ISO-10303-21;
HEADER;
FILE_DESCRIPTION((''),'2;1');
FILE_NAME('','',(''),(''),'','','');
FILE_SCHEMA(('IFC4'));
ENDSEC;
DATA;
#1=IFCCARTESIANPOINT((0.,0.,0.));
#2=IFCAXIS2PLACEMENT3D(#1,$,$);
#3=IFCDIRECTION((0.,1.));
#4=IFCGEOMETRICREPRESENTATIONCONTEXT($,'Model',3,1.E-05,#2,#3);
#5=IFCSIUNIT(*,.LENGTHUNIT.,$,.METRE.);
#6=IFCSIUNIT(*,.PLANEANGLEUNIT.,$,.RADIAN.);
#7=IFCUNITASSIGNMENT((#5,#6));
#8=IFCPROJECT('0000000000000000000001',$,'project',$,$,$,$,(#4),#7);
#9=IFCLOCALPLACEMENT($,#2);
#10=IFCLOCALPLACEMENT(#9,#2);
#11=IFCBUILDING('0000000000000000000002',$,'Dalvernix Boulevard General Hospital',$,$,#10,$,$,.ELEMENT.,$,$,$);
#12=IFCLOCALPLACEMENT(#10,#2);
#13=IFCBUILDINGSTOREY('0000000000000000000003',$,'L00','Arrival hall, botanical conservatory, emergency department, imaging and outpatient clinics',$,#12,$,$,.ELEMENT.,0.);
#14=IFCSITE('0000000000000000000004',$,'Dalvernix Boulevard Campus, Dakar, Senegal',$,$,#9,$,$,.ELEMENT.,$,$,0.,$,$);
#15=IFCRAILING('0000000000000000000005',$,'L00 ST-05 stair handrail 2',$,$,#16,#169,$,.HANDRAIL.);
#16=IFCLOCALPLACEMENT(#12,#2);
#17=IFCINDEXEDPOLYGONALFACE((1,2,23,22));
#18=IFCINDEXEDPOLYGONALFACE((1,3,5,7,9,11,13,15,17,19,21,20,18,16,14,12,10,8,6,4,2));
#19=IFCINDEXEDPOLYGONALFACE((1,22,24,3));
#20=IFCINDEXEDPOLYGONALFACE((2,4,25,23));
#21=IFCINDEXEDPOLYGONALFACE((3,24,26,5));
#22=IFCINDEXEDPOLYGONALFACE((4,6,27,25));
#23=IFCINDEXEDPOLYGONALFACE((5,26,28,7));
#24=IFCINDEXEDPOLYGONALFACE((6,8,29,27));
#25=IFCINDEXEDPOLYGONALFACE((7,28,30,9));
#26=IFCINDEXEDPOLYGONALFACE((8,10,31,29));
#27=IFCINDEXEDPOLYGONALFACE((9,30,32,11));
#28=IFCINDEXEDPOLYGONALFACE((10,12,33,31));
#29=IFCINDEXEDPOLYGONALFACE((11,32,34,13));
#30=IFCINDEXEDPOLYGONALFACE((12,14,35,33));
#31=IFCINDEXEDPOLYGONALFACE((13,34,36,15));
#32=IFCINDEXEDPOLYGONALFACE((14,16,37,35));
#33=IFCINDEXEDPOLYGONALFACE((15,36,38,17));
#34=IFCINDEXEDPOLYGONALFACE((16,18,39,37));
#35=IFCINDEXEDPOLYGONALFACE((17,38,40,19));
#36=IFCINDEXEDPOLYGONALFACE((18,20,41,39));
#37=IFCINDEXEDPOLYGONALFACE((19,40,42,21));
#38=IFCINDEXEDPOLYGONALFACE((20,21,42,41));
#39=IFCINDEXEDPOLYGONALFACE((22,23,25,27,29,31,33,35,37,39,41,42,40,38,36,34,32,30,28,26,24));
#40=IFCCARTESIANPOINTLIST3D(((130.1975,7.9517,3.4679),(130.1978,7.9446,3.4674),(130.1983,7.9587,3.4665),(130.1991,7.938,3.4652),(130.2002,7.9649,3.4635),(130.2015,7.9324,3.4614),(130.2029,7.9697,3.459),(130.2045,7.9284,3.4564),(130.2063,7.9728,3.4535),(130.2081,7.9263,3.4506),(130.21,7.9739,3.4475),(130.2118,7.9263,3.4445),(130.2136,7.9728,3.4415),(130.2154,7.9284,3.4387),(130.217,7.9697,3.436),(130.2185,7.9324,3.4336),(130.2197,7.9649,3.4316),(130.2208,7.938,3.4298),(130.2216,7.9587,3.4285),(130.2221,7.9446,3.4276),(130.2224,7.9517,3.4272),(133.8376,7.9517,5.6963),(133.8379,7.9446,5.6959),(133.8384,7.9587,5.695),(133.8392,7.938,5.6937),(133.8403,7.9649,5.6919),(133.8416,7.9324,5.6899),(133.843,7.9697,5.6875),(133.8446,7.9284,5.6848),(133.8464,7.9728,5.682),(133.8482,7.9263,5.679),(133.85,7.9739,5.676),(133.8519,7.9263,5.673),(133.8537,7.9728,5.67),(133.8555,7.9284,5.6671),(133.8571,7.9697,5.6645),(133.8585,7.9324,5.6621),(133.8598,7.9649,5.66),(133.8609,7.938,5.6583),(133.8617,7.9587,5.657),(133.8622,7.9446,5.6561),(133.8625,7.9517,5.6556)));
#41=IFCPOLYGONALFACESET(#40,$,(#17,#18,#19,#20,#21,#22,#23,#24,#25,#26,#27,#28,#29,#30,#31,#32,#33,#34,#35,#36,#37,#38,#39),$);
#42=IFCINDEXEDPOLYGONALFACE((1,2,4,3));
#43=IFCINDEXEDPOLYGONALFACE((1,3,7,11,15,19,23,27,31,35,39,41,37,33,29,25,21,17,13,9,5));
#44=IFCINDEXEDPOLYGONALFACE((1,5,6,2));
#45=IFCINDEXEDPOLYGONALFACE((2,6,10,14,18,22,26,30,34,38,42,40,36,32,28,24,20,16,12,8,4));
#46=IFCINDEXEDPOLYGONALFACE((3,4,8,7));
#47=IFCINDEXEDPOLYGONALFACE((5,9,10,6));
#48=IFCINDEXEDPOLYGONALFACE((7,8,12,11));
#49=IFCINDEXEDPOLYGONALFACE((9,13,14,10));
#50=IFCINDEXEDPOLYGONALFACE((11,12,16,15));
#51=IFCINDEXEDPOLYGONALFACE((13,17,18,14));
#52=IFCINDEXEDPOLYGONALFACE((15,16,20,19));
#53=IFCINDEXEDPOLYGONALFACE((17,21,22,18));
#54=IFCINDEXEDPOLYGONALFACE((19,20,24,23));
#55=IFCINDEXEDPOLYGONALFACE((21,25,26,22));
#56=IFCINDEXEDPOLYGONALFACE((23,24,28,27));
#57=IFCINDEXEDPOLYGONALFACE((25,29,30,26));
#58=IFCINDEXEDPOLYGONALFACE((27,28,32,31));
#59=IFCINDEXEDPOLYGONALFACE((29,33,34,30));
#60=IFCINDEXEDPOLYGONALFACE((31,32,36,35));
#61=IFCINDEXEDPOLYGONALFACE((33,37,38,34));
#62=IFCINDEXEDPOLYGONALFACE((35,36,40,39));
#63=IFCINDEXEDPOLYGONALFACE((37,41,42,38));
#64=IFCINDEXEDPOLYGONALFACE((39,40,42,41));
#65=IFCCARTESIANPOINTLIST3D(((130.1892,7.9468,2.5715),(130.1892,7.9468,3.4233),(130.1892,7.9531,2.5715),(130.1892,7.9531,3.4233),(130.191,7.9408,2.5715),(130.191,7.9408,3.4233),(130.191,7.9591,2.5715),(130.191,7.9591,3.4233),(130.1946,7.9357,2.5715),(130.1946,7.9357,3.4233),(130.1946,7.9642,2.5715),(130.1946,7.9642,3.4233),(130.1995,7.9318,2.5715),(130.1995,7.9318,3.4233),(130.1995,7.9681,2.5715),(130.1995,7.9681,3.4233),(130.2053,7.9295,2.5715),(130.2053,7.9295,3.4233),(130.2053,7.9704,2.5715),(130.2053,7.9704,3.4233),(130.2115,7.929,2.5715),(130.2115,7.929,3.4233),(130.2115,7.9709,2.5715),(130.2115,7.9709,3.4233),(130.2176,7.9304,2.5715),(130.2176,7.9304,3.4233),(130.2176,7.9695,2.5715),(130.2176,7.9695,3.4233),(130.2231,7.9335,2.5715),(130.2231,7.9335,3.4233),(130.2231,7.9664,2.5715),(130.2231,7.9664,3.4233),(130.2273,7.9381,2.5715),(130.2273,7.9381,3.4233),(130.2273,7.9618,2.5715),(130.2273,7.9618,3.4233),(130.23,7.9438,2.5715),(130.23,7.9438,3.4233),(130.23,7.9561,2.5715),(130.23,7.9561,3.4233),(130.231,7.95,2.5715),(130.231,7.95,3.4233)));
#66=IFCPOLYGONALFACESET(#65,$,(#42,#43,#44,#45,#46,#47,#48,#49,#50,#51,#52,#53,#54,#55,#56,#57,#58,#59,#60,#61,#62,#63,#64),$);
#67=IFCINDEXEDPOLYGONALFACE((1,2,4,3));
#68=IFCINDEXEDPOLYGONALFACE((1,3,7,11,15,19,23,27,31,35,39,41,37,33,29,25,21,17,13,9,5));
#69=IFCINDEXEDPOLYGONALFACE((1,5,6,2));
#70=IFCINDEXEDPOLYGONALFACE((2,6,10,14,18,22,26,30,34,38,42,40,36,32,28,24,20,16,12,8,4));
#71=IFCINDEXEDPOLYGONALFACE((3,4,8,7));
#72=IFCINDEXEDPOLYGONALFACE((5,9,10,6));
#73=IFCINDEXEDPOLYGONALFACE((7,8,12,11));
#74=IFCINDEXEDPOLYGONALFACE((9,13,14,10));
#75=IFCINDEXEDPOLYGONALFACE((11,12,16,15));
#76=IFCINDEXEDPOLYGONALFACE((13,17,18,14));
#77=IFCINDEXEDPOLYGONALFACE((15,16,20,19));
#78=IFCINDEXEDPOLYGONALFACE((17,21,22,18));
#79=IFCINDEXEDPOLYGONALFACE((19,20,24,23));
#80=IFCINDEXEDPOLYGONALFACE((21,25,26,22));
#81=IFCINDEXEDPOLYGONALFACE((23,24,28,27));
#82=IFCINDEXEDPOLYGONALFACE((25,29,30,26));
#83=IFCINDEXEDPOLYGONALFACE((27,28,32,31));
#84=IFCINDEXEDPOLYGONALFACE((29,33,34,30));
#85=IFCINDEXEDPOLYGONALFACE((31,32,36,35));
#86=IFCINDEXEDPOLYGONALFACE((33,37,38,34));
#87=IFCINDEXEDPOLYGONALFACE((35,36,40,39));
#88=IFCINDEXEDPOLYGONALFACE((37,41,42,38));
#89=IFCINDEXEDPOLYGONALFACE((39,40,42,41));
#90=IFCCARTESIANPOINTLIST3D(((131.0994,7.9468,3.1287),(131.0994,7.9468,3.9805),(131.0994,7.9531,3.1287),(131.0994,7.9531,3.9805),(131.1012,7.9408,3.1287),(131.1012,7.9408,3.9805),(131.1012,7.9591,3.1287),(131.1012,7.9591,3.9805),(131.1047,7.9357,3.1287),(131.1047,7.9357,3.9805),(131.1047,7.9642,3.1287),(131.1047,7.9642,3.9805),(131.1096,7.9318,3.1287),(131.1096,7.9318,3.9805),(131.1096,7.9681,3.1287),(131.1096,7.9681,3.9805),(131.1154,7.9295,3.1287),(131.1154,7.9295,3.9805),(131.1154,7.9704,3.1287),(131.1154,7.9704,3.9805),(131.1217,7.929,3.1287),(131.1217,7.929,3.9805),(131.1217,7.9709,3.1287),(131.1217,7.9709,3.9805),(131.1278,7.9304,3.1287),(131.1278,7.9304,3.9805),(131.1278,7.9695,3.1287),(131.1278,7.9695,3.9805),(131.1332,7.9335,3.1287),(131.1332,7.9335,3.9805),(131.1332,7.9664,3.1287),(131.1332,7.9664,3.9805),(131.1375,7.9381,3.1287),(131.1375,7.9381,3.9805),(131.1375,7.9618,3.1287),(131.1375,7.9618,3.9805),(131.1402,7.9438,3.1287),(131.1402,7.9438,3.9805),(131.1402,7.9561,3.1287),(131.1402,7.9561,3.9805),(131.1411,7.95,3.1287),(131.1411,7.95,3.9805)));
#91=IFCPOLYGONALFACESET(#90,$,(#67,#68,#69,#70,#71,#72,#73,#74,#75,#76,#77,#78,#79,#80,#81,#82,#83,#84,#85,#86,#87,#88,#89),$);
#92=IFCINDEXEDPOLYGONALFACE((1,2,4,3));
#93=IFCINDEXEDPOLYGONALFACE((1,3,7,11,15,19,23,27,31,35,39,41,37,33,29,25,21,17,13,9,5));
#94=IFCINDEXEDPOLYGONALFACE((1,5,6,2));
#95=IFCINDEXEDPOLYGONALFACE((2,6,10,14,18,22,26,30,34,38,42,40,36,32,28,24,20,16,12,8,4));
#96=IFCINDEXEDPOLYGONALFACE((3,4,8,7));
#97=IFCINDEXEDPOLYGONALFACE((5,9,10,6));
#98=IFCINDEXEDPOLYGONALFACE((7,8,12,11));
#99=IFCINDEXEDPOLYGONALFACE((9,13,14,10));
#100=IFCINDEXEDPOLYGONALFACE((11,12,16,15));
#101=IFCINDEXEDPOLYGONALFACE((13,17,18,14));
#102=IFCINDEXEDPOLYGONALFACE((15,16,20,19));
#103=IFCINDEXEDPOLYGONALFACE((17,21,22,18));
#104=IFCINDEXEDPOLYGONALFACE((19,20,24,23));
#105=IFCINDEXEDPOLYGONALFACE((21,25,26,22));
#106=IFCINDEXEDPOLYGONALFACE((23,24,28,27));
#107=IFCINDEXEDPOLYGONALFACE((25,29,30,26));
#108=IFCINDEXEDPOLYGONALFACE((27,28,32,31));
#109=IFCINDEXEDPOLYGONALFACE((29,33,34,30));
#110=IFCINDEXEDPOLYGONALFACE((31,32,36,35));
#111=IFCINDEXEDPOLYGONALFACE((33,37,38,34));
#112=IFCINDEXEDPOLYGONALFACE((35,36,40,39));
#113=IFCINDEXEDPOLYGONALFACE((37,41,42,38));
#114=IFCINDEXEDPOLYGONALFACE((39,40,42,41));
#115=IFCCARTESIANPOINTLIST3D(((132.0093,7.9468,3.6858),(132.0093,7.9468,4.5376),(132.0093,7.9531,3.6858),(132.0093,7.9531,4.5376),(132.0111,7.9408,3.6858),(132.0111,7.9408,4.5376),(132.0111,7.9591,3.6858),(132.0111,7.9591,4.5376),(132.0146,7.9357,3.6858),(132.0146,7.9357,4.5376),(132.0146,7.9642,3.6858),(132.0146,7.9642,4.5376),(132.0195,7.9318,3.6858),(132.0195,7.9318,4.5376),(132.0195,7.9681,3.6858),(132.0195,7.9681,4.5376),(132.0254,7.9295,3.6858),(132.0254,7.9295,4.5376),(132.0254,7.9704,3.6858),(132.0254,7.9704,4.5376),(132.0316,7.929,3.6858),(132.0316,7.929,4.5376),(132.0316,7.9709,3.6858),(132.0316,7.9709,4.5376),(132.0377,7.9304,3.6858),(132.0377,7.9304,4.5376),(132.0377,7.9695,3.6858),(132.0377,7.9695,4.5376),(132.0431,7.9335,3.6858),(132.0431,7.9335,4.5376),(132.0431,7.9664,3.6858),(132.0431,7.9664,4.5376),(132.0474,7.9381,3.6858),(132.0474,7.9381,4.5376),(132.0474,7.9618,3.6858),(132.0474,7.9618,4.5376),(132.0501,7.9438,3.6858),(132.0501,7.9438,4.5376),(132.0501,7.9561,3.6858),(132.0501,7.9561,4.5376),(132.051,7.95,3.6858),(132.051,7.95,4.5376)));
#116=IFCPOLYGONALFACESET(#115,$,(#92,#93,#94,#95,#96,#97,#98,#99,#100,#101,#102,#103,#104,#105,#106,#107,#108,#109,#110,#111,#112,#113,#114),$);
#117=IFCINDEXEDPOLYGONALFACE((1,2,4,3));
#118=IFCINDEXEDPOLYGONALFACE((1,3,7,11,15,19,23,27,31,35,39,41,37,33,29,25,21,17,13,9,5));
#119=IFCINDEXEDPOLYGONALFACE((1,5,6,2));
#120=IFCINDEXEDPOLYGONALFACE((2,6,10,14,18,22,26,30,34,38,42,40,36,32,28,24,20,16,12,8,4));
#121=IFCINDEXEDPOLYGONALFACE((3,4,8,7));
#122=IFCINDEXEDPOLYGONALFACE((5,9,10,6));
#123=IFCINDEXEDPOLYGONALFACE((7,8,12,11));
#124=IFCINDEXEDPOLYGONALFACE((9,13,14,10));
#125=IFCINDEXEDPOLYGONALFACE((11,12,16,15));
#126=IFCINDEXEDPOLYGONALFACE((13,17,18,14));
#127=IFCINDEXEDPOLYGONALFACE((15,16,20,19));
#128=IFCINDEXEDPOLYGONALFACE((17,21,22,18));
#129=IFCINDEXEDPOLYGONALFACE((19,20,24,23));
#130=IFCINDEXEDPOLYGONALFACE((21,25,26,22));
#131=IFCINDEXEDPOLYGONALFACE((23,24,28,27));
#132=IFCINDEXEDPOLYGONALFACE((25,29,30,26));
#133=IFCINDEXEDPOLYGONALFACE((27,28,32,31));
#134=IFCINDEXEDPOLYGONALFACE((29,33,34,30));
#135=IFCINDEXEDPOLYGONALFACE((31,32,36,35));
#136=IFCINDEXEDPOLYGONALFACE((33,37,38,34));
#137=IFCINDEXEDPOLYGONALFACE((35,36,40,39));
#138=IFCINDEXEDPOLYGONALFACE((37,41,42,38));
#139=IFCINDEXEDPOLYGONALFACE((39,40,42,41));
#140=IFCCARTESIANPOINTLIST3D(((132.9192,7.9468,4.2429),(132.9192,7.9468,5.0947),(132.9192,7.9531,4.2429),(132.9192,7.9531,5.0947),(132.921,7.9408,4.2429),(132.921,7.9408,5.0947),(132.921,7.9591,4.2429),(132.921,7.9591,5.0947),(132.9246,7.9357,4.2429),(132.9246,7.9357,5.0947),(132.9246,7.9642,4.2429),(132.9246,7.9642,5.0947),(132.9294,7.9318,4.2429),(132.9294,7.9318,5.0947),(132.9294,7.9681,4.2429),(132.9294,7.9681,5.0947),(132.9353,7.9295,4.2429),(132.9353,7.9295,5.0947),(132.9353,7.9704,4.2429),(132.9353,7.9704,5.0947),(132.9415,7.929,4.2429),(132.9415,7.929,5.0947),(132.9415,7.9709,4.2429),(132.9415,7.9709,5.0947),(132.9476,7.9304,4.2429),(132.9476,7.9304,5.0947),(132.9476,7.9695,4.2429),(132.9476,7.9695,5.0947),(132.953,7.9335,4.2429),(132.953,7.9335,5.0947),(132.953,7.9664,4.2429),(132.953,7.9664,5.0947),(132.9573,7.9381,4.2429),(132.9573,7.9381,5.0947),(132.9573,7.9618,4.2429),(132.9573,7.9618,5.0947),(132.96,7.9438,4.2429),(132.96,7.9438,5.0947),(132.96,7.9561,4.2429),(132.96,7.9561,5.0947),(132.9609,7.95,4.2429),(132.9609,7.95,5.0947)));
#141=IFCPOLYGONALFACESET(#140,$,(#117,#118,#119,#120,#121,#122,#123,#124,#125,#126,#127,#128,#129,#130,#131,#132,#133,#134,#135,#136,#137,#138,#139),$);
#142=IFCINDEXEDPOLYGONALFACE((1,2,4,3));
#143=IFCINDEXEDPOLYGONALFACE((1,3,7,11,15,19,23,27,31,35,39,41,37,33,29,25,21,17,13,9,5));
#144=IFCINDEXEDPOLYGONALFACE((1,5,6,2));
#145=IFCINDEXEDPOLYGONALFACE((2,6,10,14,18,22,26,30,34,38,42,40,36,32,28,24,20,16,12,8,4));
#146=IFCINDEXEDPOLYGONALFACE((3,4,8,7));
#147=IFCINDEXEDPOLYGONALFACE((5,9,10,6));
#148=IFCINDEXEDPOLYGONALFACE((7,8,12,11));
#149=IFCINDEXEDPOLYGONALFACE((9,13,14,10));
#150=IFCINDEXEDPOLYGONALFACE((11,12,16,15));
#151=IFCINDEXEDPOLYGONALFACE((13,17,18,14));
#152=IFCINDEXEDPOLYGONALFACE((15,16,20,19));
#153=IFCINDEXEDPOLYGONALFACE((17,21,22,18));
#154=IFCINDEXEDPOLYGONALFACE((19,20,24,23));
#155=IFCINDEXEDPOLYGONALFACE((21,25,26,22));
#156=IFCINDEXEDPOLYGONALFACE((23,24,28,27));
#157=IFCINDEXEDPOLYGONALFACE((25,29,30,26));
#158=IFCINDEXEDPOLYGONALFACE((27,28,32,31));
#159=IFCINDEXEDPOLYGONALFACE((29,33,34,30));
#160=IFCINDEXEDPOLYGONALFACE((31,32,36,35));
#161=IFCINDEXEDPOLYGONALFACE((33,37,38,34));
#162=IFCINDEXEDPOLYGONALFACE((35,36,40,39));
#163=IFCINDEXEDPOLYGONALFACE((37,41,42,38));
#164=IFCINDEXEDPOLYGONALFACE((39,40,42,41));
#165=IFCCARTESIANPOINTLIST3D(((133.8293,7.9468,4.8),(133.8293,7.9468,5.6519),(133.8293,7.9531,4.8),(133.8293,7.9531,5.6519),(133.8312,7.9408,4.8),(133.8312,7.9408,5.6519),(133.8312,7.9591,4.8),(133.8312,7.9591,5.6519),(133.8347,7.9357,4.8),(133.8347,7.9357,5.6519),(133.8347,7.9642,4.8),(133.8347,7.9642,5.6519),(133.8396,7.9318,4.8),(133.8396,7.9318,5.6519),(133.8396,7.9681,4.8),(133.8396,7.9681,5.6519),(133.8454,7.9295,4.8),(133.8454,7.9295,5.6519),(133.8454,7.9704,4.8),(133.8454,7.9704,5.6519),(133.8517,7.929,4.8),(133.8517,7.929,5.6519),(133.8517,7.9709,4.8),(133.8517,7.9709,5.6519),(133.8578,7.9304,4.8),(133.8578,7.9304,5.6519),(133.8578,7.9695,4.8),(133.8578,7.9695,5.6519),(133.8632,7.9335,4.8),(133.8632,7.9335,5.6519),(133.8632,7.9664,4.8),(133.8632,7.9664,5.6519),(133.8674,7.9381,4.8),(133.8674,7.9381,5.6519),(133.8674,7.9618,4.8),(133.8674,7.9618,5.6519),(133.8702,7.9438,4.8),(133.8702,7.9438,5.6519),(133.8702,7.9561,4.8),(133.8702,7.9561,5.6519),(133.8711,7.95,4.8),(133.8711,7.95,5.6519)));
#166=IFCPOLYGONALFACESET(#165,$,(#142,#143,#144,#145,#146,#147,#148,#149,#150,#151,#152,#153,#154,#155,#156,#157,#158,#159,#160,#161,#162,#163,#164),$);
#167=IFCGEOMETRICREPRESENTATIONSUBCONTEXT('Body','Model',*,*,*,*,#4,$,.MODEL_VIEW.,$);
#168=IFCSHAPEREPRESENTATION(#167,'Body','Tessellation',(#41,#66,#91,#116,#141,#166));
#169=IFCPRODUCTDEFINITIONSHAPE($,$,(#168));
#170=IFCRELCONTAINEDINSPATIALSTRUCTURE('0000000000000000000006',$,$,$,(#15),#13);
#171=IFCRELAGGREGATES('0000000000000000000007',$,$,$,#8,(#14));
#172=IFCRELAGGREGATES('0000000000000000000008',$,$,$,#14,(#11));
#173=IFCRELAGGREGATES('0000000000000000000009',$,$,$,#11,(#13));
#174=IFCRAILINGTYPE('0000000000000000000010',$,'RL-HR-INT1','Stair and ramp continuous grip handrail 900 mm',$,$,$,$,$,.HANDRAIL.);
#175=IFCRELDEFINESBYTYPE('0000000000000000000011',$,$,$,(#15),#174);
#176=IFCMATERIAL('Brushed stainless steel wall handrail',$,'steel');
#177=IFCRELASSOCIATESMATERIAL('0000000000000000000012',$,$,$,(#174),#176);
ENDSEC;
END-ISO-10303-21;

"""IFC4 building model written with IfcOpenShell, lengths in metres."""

from ifc_helpers import new_model, si_unit, direction, frame, origin, origin_2d, place, context, subcontext, project, spatial, circle, extrude, material, type_object, element, save


model = new_model("IFC4")

# Units and contexts
model_context = context("Model", 3, precision=1e-05, world=origin(), true_north=direction((0.0, 1.0)))
body_context = subcontext(model_context, "Body", "Model", "MODEL_VIEW")
ifc_project = project(units=[si_unit("LENGTHUNIT", "METRE"), si_unit("PLANEANGLEUNIT", "RADIAN")], contexts=[model_context])

# Site, building, storey
site_placement = place(None, origin())
site = spatial("IfcSite", under=ifc_project, at=site_placement, Name="Dalvernix Boulevard Campus, Dakar, Senegal", CompositionType="ELEMENT", RefElevation=0.0)
building_placement = place(site_placement, origin())
building = spatial("IfcBuilding", under=site, at=building_placement, Name="Dalvernix Boulevard General Hospital", CompositionType="ELEMENT")
storey_placement = place(building_placement, origin())
storey = spatial("IfcBuildingStorey", under=building, at=storey_placement, Name="L00", Description="Arrival hall, botanical conservatory, emergency department, imaging and outpatient clinics", CompositionType="ELEMENT", Elevation=0.0)

# Railing
ifc_material_1 = material(Name="Brushed stainless steel wall handrail", Category="steel")
railing_type_1 = type_object("IfcRailingType", Name="RL-HR-INT1", Description="Stair and ramp continuous grip handrail 900 mm", PredefinedType="HANDRAIL", material=ifc_material_1)
railing_1_placement = place(storey_placement, frame((130.21, 7.95, 2.5715)))
element("IfcRailing", 1, at=railing_1_placement, inside=storey, type_object=railing_type_1, Name="L00 ST-05 stair handrail 2", PredefinedType="HANDRAIL", context=body_context, shape_type="SweptSolid", body=[
    extrude(circle(Radius=0.0239, at=origin_2d()), frame((0.0, 0.0, 0.876), z_axis=(0.852866, 0.0, 0.52213), x_axis=(0.0, 1.0, 0.0)), (0.0, 0.0, 1.0), 4.2681),
    extrude(circle(Radius=0.021, at=origin_2d()), origin(), (0.0, 0.0, 1.0), 0.8518),
    extrude(circle(Radius=0.021, at=origin_2d()), frame((0.9102, 0.0, 0.5571)), (0.0, 0.0, 1.0), 0.8518),
    extrude(circle(Radius=0.021, at=origin_2d()), frame((1.8201, 0.0, 1.1143)), (0.0, 0.0, 1.0), 0.8518),
    extrude(circle(Radius=0.021, at=origin_2d()), frame((2.73, 0.0, 1.6714)), (0.0, 0.0, 1.0), 0.8518),
    extrude(circle(Radius=0.021, at=origin_2d()), frame((3.6401, 0.0, 2.2285)), (0.0, 0.0, 1.0), 0.8518),
])

save(model, "model.ifc")
